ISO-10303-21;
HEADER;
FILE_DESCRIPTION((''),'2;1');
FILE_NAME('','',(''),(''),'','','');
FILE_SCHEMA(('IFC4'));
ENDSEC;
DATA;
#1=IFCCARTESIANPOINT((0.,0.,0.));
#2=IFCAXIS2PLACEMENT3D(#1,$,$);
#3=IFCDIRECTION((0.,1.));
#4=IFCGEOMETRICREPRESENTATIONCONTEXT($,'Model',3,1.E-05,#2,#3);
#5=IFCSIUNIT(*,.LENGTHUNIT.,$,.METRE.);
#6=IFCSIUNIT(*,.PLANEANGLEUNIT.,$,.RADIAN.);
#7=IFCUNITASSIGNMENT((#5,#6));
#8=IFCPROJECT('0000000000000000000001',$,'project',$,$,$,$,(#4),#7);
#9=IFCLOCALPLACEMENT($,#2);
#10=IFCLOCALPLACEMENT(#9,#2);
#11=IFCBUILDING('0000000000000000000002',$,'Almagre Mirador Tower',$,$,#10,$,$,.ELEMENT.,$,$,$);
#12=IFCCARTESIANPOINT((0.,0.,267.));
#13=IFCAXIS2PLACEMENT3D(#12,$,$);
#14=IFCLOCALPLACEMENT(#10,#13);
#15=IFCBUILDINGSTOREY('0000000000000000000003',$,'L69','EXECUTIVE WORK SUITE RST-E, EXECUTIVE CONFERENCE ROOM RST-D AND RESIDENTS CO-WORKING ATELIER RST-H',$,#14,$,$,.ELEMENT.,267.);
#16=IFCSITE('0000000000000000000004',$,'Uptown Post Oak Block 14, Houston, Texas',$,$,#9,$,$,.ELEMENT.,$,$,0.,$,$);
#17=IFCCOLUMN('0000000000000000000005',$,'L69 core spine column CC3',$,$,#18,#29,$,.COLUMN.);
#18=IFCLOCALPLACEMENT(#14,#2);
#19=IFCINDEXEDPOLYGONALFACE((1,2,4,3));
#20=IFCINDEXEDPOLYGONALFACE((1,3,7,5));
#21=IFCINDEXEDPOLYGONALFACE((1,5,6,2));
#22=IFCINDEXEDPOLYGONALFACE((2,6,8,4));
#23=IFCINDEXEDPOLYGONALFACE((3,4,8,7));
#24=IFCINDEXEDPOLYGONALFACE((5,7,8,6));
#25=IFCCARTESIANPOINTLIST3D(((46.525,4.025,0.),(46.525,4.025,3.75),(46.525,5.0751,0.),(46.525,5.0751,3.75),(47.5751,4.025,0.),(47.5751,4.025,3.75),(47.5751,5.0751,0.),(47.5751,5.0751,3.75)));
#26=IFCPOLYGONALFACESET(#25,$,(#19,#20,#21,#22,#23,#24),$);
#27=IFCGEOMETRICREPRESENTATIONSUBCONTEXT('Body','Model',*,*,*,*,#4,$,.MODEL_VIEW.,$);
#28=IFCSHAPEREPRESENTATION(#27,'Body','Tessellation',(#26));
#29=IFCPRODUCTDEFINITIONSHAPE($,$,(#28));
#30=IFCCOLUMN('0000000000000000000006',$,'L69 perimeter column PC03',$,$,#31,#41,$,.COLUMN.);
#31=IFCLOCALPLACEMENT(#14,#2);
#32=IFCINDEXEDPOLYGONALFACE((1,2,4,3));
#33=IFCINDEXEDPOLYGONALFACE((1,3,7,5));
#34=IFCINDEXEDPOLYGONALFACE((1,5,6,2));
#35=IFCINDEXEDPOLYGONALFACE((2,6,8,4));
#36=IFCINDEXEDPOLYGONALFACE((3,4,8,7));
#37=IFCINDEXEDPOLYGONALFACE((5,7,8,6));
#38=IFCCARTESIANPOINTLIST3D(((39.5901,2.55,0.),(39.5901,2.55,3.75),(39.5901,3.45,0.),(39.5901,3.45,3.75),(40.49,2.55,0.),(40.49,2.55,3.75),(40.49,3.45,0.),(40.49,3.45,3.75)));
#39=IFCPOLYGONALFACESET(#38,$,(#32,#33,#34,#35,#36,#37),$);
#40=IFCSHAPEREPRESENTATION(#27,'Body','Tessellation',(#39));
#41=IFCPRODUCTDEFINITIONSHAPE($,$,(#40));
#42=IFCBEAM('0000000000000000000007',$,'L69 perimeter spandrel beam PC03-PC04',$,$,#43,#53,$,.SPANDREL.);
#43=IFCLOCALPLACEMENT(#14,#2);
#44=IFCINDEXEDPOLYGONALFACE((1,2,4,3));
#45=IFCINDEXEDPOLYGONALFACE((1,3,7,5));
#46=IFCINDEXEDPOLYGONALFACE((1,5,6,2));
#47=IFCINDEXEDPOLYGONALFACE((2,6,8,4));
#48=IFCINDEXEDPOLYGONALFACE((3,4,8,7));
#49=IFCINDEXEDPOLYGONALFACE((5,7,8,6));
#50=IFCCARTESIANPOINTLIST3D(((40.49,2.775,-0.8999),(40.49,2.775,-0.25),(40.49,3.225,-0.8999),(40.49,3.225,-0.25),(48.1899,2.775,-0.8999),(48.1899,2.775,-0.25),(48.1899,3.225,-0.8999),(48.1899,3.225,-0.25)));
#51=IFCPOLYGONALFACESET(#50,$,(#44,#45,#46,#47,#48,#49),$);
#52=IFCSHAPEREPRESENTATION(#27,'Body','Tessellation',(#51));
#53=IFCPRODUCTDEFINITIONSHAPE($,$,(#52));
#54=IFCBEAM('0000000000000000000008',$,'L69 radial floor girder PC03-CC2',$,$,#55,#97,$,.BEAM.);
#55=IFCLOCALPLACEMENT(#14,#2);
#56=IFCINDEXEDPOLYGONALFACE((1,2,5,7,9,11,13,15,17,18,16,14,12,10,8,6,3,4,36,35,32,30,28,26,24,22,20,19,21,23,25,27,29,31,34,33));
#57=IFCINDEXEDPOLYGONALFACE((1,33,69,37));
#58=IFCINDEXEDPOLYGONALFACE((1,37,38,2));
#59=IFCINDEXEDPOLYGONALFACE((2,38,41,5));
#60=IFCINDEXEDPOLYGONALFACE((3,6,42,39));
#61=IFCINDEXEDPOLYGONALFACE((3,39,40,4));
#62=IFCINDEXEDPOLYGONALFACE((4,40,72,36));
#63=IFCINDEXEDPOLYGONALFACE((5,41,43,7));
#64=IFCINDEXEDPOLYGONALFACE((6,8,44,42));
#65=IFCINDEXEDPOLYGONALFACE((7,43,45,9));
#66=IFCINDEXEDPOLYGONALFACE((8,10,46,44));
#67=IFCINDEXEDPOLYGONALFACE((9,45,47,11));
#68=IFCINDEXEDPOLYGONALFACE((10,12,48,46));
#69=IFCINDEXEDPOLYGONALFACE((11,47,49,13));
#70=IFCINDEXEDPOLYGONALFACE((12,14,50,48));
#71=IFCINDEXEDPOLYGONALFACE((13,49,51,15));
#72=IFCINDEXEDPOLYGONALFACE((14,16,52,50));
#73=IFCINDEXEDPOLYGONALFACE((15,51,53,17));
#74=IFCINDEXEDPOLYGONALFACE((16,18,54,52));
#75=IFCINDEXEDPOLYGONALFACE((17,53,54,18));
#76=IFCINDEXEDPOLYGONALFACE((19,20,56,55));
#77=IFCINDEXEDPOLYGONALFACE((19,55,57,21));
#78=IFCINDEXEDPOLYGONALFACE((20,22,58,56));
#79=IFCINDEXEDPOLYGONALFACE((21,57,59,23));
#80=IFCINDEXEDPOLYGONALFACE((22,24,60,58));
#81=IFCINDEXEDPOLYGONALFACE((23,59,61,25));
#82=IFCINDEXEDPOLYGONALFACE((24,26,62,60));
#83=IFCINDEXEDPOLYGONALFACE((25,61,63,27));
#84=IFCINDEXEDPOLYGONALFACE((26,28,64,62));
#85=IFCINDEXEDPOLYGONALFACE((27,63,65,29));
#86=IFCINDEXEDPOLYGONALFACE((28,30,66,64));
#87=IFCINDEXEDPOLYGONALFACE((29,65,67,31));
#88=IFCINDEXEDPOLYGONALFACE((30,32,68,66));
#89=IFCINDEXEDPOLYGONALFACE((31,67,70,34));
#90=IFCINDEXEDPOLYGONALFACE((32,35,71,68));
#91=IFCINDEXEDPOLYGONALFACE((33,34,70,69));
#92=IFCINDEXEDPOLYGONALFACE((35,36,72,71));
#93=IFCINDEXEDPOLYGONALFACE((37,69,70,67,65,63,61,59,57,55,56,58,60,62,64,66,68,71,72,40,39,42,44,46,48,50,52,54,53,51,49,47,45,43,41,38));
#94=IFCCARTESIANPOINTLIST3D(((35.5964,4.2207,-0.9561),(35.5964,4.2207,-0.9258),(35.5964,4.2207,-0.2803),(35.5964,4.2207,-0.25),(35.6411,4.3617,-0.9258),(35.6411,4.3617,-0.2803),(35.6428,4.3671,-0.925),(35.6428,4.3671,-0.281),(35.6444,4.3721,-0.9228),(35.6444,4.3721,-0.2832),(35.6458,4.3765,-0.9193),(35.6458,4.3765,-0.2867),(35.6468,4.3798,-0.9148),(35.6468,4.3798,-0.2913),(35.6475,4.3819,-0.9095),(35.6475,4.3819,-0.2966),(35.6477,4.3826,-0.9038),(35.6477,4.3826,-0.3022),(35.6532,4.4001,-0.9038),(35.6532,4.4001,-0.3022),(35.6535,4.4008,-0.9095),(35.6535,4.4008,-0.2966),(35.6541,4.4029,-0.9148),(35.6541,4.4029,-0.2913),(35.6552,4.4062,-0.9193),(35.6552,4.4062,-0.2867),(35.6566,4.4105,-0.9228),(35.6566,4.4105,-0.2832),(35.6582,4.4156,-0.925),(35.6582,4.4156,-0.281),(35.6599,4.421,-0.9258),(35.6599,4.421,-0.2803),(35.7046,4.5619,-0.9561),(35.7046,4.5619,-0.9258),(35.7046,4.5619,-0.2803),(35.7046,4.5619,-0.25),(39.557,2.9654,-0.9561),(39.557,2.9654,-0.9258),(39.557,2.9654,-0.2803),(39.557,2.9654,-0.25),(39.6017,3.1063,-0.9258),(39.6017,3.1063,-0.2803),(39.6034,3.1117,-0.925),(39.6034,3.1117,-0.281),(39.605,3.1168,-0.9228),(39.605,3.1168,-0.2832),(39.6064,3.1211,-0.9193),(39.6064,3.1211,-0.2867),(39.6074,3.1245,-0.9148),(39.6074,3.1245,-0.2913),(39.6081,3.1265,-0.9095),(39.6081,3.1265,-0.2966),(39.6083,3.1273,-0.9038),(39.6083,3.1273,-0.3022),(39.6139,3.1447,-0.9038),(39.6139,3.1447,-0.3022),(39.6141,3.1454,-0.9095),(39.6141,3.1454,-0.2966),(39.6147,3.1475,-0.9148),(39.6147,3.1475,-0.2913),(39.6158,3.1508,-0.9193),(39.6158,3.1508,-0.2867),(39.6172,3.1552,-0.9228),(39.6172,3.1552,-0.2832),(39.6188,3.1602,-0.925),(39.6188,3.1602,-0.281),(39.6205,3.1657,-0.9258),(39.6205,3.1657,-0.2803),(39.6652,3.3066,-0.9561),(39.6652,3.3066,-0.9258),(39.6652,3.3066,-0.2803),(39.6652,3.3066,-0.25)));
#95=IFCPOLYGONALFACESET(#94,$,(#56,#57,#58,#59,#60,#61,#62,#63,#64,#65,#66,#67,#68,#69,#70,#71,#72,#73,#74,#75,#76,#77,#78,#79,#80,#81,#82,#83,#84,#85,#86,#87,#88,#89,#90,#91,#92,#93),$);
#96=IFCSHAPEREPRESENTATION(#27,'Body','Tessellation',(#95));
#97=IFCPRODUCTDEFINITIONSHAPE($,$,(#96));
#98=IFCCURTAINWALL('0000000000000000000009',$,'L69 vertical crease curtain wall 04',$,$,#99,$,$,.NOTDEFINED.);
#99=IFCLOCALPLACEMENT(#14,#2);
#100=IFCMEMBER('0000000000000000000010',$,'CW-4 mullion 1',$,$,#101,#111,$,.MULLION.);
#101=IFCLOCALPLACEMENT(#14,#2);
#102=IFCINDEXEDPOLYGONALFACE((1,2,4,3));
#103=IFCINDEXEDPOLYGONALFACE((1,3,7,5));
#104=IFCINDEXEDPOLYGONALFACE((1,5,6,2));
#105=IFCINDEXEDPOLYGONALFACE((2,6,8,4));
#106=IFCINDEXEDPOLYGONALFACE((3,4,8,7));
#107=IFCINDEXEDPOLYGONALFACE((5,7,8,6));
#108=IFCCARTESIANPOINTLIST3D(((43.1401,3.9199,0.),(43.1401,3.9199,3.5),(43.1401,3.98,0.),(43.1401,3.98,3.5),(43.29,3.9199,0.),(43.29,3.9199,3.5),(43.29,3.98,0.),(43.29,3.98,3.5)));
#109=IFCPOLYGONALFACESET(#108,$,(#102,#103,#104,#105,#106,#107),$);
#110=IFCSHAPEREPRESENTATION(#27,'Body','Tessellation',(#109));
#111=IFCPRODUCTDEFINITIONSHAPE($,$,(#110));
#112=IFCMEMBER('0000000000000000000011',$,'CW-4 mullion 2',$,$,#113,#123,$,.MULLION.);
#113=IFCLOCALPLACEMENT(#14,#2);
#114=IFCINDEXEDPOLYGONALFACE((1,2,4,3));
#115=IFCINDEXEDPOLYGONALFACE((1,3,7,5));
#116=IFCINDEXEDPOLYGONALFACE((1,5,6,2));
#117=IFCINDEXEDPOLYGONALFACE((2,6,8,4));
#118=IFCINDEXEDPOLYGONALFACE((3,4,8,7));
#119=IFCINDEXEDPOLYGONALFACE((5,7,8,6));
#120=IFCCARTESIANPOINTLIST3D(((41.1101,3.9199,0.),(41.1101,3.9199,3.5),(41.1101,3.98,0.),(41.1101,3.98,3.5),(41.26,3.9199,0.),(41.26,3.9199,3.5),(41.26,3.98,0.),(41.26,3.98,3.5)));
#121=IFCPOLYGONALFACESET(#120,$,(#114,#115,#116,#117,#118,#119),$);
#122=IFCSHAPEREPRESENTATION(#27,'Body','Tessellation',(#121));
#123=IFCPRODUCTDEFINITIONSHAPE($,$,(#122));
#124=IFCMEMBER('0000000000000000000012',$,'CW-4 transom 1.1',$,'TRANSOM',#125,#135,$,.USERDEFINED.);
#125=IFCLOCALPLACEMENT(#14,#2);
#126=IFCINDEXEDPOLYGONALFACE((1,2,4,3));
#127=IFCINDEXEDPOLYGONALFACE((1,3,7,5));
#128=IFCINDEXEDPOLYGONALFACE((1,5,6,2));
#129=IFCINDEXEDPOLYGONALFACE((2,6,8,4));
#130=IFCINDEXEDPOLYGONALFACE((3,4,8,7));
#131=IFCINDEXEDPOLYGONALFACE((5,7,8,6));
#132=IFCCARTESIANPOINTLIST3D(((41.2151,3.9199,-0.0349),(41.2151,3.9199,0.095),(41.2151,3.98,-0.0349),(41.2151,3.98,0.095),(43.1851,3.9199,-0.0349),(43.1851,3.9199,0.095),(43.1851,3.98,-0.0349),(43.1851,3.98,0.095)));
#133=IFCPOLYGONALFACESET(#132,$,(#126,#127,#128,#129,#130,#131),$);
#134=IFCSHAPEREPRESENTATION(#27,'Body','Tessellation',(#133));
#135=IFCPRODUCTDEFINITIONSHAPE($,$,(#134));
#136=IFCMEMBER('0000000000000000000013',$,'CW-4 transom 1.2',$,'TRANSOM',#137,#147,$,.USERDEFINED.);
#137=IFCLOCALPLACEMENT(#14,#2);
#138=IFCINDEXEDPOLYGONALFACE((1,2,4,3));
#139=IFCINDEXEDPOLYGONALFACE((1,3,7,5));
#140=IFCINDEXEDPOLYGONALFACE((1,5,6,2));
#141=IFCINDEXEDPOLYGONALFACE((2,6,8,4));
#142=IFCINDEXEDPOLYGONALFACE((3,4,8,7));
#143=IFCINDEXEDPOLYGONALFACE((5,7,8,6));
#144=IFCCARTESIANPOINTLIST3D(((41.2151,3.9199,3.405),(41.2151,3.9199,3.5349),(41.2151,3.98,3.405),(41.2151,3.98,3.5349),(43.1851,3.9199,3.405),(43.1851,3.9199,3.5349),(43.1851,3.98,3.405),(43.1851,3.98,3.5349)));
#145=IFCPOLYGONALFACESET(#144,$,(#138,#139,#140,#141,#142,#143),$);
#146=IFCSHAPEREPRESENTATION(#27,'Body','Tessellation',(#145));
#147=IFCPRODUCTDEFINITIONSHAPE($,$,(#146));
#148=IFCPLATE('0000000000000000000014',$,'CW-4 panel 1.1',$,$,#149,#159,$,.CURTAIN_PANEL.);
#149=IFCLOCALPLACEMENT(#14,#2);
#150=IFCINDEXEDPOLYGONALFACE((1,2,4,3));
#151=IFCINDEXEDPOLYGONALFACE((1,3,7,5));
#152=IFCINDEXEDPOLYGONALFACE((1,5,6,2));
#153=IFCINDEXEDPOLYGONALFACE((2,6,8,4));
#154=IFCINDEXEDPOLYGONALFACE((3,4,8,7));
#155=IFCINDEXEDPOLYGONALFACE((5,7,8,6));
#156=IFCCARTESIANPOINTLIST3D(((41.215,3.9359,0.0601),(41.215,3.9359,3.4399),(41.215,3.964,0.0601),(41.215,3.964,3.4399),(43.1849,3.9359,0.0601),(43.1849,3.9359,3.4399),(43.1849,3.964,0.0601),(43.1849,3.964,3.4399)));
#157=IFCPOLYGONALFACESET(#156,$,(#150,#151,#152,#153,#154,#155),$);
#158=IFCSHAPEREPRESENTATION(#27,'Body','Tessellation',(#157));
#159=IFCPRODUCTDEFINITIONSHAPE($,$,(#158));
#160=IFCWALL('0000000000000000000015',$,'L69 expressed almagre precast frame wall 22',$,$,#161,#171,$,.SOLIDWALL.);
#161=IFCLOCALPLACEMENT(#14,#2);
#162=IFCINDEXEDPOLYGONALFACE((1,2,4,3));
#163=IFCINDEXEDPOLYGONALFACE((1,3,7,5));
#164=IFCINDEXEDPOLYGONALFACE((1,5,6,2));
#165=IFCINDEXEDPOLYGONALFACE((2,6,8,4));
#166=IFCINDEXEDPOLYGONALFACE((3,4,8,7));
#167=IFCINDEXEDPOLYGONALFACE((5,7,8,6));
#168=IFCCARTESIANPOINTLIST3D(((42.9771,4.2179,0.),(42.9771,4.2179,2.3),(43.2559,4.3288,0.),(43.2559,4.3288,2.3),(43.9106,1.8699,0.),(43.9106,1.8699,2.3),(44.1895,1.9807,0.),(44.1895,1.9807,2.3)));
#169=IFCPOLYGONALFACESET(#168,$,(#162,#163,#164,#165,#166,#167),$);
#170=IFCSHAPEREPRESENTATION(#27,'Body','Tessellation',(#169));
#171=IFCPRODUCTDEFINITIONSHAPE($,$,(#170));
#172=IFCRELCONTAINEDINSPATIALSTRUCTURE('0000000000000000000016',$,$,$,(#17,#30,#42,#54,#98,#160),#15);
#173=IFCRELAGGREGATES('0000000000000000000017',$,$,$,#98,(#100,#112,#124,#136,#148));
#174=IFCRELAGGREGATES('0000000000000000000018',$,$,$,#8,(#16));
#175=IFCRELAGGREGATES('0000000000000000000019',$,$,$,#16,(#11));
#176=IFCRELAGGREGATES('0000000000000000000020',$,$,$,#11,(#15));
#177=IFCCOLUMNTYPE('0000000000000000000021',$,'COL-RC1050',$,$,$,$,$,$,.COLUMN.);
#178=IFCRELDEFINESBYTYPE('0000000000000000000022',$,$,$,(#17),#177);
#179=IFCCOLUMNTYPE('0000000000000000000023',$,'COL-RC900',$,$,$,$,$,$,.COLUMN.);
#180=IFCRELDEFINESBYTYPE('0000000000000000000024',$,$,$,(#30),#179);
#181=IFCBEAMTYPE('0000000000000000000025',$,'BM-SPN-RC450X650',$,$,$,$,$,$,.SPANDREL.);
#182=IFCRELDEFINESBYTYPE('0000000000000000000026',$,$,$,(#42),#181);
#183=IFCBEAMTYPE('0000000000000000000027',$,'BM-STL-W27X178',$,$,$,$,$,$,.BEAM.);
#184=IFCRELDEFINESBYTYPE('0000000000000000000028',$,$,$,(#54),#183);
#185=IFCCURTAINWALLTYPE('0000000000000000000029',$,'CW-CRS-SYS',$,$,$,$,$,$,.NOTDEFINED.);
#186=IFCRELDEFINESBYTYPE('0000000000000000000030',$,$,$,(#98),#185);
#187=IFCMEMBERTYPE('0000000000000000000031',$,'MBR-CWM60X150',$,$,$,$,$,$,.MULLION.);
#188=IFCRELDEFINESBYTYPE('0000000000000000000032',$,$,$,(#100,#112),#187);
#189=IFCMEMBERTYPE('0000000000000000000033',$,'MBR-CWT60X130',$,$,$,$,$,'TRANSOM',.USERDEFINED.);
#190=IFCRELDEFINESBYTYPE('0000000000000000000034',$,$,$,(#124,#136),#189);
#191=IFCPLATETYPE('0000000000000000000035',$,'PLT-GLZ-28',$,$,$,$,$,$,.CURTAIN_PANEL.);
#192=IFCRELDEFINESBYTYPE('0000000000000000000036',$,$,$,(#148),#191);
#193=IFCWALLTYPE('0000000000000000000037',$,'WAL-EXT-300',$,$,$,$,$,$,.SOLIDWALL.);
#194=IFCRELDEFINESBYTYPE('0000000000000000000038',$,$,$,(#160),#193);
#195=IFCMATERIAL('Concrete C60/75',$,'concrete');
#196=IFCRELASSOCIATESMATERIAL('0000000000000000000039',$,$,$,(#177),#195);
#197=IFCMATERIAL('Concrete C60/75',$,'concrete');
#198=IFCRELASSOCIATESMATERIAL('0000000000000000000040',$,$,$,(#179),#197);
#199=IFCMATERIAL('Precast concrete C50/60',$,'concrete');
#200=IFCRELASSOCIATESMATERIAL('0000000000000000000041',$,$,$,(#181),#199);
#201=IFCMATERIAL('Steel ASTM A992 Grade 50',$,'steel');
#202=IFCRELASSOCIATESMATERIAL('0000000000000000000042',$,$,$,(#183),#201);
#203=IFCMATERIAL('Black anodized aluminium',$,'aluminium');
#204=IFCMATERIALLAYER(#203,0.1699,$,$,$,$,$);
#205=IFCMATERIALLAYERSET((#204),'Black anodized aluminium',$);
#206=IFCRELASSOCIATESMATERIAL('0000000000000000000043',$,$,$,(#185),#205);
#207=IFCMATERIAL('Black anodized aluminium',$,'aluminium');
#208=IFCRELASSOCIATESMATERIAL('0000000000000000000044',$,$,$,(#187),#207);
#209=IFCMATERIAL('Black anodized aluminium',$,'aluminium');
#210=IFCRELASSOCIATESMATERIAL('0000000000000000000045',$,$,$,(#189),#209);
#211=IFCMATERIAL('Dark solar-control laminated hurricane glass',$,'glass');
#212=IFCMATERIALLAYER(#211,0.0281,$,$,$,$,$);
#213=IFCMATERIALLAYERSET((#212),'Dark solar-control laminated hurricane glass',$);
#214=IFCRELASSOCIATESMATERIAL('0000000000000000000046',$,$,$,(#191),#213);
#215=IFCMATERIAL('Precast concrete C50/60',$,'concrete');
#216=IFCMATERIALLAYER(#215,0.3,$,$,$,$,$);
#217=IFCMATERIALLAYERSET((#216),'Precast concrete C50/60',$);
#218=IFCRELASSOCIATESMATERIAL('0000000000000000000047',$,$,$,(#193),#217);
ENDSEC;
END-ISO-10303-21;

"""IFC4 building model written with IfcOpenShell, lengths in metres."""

from ifc_helpers import new_model, si_unit, direction, frame, frame_2d, origin, origin_2d, place, context, subcontext, project, spatial, rectangle, i_section, extrude, material, layer, layer_set, material_profile, profile_set, type_object, element, aggregate, save


model = new_model("IFC4")

# Units and contexts
model_context = context("Model", 3, precision=1e-05, world=origin(), true_north=direction((0.0, 1.0)))
body_context = subcontext(model_context, "Body", "Model", "MODEL_VIEW")
ifc_project = project(units=[si_unit("LENGTHUNIT", "METRE"), si_unit("PLANEANGLEUNIT", "RADIAN")], contexts=[model_context])

# Site, building, storey
site_placement = place(None, origin())
site = spatial("IfcSite", under=ifc_project, at=site_placement, Name="Uptown Post Oak Block 14, Houston, Texas", CompositionType="ELEMENT", RefElevation=0.0)
building_placement = place(site_placement, origin())
building = spatial("IfcBuilding", under=site, at=building_placement, Name="Almagre Mirador Tower", CompositionType="ELEMENT")
storey_placement = place(building_placement, frame((0.0, 0.0, 267.0)))
storey = spatial("IfcBuildingStorey", under=building, at=storey_placement, Name="L69", Description="EXECUTIVE WORK SUITE RST-E, EXECUTIVE CONFERENCE ROOM RST-D AND RESIDENTS CO-WORKING ATELIER RST-H", CompositionType="ELEMENT", Elevation=267.0)

# Columns
ifc_material_1 = material(Name="Concrete C60/75", Category="concrete")
ifc_material_profile_1 = material_profile(ifc_material_1, rectangle(XDim=1.05, YDim=1.05, at=origin_2d()), Name="RC1050X1050")
ifc_profile_set_1 = profile_set([ifc_material_profile_1], Name="Concrete C60/75")
column_type_1 = type_object("IfcColumnType", Name="COL-RC1050", PredefinedType="COLUMN", material=ifc_profile_set_1)
column_1_placement = place(storey_placement, frame((47.05, 4.55, 0.0), z_axis=(0.0, 0.0, 1.0), x_axis=(1.0, 0.0, 0.0)))
element("IfcColumn", 1, at=column_1_placement, inside=storey, type_object=column_type_1, Name="L69 core spine column CC3", PredefinedType="COLUMN", context=body_context, shape_type="SweptSolid", body=[
    extrude(rectangle(XDim=1.05, YDim=1.05, at=origin_2d()), origin(), (0.0, 0.0, 1.0), 3.75),
])
ifc_material_2 = material(Name="Concrete C60/75", Category="concrete")
ifc_material_profile_2 = material_profile(ifc_material_2, rectangle(XDim=0.8999, YDim=0.8999, at=origin_2d()), Name="RC900X900")
ifc_profile_set_2 = profile_set([ifc_material_profile_2], Name="Concrete C60/75")
column_type_2 = type_object("IfcColumnType", Name="COL-RC900", PredefinedType="COLUMN", material=ifc_profile_set_2)
column_2_placement = place(storey_placement, frame((40.04, 3.0, 0.0), z_axis=(0.0, 0.0, 1.0), x_axis=(1.0, 0.0, 0.0)))
element("IfcColumn", 2, at=column_2_placement, inside=storey, type_object=column_type_2, Name="L69 perimeter column PC03", PredefinedType="COLUMN", context=body_context, shape_type="SweptSolid", body=[
    extrude(rectangle(XDim=0.8999, YDim=0.8999, at=origin_2d()), origin(), (0.0, 0.0, 1.0), 3.75),
])

# Beams
ifc_material_3 = material(Name="Precast concrete C50/60", Category="concrete")
ifc_material_profile_3 = material_profile(ifc_material_3, rectangle(XDim=0.45, YDim=0.6499, at=origin_2d()), Name="RC450X650")
ifc_profile_set_3 = profile_set([ifc_material_profile_3], Name="Precast concrete C50/60")
beam_type_1 = type_object("IfcBeamType", Name="BM-SPN-RC450X650", PredefinedType="SPANDREL", material=ifc_profile_set_3)
beam_1_placement = place(storey_placement, frame((40.49, 3.0, -0.575), z_axis=(1.0, 0.0, 0.0), x_axis=(0.0, 1.0, 0.0)))
element("IfcBeam", 3, at=beam_1_placement, inside=storey, type_object=beam_type_1, Name="L69 perimeter spandrel beam PC03-PC04", PredefinedType="SPANDREL", context=body_context, shape_type="SweptSolid", body=[
    extrude(rectangle(XDim=0.45, YDim=0.6499, at=origin_2d()), origin(), (0.0, 0.0, 1.0), 7.7),
])
ifc_material_4 = material(Name="Steel ASTM A992 Grade 50", Category="steel")
ifc_material_profile_4 = material_profile(ifc_material_4, i_section(OverallWidth=0.3579, OverallDepth=0.7061, WebThickness=0.0183, FlangeThickness=0.0303, FilletRadius=0.022, at=origin_2d()), Name="W27X178")
ifc_profile_set_4 = profile_set([ifc_material_profile_4], Name="Steel ASTM A992 Grade 50")
beam_type_2 = type_object("IfcBeamType", Name="BM-STL-W27X178", PredefinedType="BEAM", material=ifc_profile_set_4)
beam_2_placement = place(storey_placement, frame((39.6111, 3.136, -0.603), z_axis=(-0.953262, 0.302144, 0.0), x_axis=(-0.302144, -0.953262, 0.0)))
element("IfcBeam", 4, at=beam_2_placement, inside=storey, type_object=beam_type_2, Name="L69 radial floor girder PC03-CC2", PredefinedType="BEAM", context=body_context, shape_type="SweptSolid", body=[
    extrude(i_section(OverallWidth=0.3579, OverallDepth=0.7061, WebThickness=0.0183, FlangeThickness=0.0303, FilletRadius=0.022, at=origin_2d()), origin(), (0.0, 0.0, 1.0), 4.1548),
])

# Curtain wall, members, plate
ifc_material_5 = material(Name="Black anodized aluminium", Category="aluminium")
ifc_layer_1 = layer(ifc_material_5, 0.1699)
ifc_layer_set_1 = layer_set([ifc_layer_1], Name="Black anodized aluminium")
curtain_wall_type = type_object("IfcCurtainWallType", Name="CW-CRS-SYS", PredefinedType="NOTDEFINED", material=ifc_layer_set_1)
curtain_wall_placement = place(storey_placement, origin())
curtain_wall = element("IfcCurtainWall", 5, at=curtain_wall_placement, inside=storey, type_object=curtain_wall_type, Name="L69 vertical crease curtain wall 04", PredefinedType="NOTDEFINED")
ifc_material_6 = material(Name="Black anodized aluminium", Category="aluminium")
ifc_material_profile_5 = material_profile(ifc_material_6, rectangle(XDim=0.0601, YDim=0.1499, at=origin_2d()), Name="CWM60X150")
ifc_profile_set_5 = profile_set([ifc_material_profile_5], Name="Black anodized aluminium")
member_type_1 = type_object("IfcMemberType", Name="MBR-CWM60X150", PredefinedType="MULLION", material=ifc_profile_set_5)
member_1_placement = place(storey_placement, frame((43.2151, 3.95, 0.0), z_axis=(0.0, 0.0, 1.0), x_axis=(0.0, -1.0, 0.0)))
member_1 = element("IfcMember", 6, at=member_1_placement, type_object=member_type_1, Name="CW-4 mullion 1", PredefinedType="MULLION", context=body_context, shape_type="SweptSolid", body=[
    extrude(rectangle(XDim=0.0601, YDim=0.1499, at=origin_2d()), origin(), (0.0, 0.0, 1.0), 3.5),
])
member_2_placement = place(storey_placement, frame((41.1851, 3.95, 0.0), z_axis=(0.0, 0.0, 1.0), x_axis=(0.0, -1.0, 0.0)))
member_2 = element("IfcMember", 7, at=member_2_placement, type_object=member_type_1, Name="CW-4 mullion 2", PredefinedType="MULLION", context=body_context, shape_type="SweptSolid", body=[
    extrude(rectangle(XDim=0.0601, YDim=0.1499, at=origin_2d()), origin(), (0.0, 0.0, 1.0), 3.5),
])
ifc_material_7 = material(Name="Black anodized aluminium", Category="aluminium")
ifc_material_profile_6 = material_profile(ifc_material_7, rectangle(XDim=0.0601, YDim=0.1299, at=origin_2d()), Name="CWT60X130")
ifc_profile_set_6 = profile_set([ifc_material_profile_6], Name="Black anodized aluminium")
member_type_2 = type_object("IfcMemberType", Name="MBR-CWT60X130", ElementType="TRANSOM", PredefinedType="USERDEFINED", material=ifc_profile_set_6)
member_3_placement = place(storey_placement, frame((43.1851, 3.95, 0.03), z_axis=(-1.0, 0.0, 0.0), x_axis=(0.0, -1.0, 0.0)))
member_3 = element("IfcMember", 8, at=member_3_placement, type_object=member_type_2, Name="CW-4 transom 1.1", ObjectType="TRANSOM", PredefinedType="USERDEFINED", context=body_context, shape_type="SweptSolid", body=[
    extrude(rectangle(XDim=0.0601, YDim=0.1299, at=origin_2d()), origin(), (0.0, 0.0, 1.0), 1.97),
])
member_4_placement = place(storey_placement, frame((43.1851, 3.95, 3.47), z_axis=(-1.0, 0.0, 0.0), x_axis=(0.0, -1.0, 0.0)))
member_4 = element("IfcMember", 9, at=member_4_placement, type_object=member_type_2, Name="CW-4 transom 1.2", ObjectType="TRANSOM", PredefinedType="USERDEFINED", context=body_context, shape_type="SweptSolid", body=[
    extrude(rectangle(XDim=0.0601, YDim=0.1299, at=origin_2d()), origin(), (0.0, 0.0, 1.0), 1.97),
])
ifc_material_8 = material(Name="Dark solar-control laminated hurricane glass", Category="glass")
ifc_layer_2 = layer(ifc_material_8, 0.0281)
ifc_layer_set_2 = layer_set([ifc_layer_2], Name="Dark solar-control laminated hurricane glass")
plate_type = type_object("IfcPlateType", Name="PLT-GLZ-28", PredefinedType="CURTAIN_PANEL", material=ifc_layer_set_2)
plate_placement = place(storey_placement, frame((42.2, 3.95, 0.0601), z_axis=(0.0, 0.0, 1.0), x_axis=(-1.0, 0.0, 0.0)))
plate = element("IfcPlate", 10, at=plate_placement, type_object=plate_type, Name="CW-4 panel 1.1", PredefinedType="CURTAIN_PANEL", context=body_context, shape_type="SweptSolid", body=[
    extrude(rectangle(XDim=1.97, YDim=0.0281, at=origin_2d()), origin(), (0.0, 0.0, 1.0), 3.3799),
])
aggregate(curtain_wall, [member_1, member_2, member_3, member_4, plate])

# Wall
ifc_material_9 = material(Name="Precast concrete C50/60", Category="concrete")
ifc_layer_3 = layer(ifc_material_9, 0.3)
ifc_layer_set_3 = layer_set([ifc_layer_3], Name="Precast concrete C50/60")
wall_type_1 = type_object("IfcWallType", Name="WAL-EXT-300", PredefinedType="SOLIDWALL", material=ifc_layer_set_3)
wall_1_placement = place(storey_placement, frame((44.05, 1.9253, 0.0), z_axis=(0.0, 0.0, 1.0), x_axis=(-0.369458, 0.929248, 0.0)))
element("IfcWall", 11, at=wall_1_placement, inside=storey, type_object=wall_type_1, Name="L69 expressed almagre precast frame wall 22", PredefinedType="SOLIDWALL", context=body_context, shape_type="SweptSolid", body=[
    extrude(rectangle(XDim=2.5269, YDim=0.3, at=frame_2d((1.2634, 0.0))), origin(), (0.0, 0.0, 1.0), 2.3),
])

save(model, "model.ifc")
